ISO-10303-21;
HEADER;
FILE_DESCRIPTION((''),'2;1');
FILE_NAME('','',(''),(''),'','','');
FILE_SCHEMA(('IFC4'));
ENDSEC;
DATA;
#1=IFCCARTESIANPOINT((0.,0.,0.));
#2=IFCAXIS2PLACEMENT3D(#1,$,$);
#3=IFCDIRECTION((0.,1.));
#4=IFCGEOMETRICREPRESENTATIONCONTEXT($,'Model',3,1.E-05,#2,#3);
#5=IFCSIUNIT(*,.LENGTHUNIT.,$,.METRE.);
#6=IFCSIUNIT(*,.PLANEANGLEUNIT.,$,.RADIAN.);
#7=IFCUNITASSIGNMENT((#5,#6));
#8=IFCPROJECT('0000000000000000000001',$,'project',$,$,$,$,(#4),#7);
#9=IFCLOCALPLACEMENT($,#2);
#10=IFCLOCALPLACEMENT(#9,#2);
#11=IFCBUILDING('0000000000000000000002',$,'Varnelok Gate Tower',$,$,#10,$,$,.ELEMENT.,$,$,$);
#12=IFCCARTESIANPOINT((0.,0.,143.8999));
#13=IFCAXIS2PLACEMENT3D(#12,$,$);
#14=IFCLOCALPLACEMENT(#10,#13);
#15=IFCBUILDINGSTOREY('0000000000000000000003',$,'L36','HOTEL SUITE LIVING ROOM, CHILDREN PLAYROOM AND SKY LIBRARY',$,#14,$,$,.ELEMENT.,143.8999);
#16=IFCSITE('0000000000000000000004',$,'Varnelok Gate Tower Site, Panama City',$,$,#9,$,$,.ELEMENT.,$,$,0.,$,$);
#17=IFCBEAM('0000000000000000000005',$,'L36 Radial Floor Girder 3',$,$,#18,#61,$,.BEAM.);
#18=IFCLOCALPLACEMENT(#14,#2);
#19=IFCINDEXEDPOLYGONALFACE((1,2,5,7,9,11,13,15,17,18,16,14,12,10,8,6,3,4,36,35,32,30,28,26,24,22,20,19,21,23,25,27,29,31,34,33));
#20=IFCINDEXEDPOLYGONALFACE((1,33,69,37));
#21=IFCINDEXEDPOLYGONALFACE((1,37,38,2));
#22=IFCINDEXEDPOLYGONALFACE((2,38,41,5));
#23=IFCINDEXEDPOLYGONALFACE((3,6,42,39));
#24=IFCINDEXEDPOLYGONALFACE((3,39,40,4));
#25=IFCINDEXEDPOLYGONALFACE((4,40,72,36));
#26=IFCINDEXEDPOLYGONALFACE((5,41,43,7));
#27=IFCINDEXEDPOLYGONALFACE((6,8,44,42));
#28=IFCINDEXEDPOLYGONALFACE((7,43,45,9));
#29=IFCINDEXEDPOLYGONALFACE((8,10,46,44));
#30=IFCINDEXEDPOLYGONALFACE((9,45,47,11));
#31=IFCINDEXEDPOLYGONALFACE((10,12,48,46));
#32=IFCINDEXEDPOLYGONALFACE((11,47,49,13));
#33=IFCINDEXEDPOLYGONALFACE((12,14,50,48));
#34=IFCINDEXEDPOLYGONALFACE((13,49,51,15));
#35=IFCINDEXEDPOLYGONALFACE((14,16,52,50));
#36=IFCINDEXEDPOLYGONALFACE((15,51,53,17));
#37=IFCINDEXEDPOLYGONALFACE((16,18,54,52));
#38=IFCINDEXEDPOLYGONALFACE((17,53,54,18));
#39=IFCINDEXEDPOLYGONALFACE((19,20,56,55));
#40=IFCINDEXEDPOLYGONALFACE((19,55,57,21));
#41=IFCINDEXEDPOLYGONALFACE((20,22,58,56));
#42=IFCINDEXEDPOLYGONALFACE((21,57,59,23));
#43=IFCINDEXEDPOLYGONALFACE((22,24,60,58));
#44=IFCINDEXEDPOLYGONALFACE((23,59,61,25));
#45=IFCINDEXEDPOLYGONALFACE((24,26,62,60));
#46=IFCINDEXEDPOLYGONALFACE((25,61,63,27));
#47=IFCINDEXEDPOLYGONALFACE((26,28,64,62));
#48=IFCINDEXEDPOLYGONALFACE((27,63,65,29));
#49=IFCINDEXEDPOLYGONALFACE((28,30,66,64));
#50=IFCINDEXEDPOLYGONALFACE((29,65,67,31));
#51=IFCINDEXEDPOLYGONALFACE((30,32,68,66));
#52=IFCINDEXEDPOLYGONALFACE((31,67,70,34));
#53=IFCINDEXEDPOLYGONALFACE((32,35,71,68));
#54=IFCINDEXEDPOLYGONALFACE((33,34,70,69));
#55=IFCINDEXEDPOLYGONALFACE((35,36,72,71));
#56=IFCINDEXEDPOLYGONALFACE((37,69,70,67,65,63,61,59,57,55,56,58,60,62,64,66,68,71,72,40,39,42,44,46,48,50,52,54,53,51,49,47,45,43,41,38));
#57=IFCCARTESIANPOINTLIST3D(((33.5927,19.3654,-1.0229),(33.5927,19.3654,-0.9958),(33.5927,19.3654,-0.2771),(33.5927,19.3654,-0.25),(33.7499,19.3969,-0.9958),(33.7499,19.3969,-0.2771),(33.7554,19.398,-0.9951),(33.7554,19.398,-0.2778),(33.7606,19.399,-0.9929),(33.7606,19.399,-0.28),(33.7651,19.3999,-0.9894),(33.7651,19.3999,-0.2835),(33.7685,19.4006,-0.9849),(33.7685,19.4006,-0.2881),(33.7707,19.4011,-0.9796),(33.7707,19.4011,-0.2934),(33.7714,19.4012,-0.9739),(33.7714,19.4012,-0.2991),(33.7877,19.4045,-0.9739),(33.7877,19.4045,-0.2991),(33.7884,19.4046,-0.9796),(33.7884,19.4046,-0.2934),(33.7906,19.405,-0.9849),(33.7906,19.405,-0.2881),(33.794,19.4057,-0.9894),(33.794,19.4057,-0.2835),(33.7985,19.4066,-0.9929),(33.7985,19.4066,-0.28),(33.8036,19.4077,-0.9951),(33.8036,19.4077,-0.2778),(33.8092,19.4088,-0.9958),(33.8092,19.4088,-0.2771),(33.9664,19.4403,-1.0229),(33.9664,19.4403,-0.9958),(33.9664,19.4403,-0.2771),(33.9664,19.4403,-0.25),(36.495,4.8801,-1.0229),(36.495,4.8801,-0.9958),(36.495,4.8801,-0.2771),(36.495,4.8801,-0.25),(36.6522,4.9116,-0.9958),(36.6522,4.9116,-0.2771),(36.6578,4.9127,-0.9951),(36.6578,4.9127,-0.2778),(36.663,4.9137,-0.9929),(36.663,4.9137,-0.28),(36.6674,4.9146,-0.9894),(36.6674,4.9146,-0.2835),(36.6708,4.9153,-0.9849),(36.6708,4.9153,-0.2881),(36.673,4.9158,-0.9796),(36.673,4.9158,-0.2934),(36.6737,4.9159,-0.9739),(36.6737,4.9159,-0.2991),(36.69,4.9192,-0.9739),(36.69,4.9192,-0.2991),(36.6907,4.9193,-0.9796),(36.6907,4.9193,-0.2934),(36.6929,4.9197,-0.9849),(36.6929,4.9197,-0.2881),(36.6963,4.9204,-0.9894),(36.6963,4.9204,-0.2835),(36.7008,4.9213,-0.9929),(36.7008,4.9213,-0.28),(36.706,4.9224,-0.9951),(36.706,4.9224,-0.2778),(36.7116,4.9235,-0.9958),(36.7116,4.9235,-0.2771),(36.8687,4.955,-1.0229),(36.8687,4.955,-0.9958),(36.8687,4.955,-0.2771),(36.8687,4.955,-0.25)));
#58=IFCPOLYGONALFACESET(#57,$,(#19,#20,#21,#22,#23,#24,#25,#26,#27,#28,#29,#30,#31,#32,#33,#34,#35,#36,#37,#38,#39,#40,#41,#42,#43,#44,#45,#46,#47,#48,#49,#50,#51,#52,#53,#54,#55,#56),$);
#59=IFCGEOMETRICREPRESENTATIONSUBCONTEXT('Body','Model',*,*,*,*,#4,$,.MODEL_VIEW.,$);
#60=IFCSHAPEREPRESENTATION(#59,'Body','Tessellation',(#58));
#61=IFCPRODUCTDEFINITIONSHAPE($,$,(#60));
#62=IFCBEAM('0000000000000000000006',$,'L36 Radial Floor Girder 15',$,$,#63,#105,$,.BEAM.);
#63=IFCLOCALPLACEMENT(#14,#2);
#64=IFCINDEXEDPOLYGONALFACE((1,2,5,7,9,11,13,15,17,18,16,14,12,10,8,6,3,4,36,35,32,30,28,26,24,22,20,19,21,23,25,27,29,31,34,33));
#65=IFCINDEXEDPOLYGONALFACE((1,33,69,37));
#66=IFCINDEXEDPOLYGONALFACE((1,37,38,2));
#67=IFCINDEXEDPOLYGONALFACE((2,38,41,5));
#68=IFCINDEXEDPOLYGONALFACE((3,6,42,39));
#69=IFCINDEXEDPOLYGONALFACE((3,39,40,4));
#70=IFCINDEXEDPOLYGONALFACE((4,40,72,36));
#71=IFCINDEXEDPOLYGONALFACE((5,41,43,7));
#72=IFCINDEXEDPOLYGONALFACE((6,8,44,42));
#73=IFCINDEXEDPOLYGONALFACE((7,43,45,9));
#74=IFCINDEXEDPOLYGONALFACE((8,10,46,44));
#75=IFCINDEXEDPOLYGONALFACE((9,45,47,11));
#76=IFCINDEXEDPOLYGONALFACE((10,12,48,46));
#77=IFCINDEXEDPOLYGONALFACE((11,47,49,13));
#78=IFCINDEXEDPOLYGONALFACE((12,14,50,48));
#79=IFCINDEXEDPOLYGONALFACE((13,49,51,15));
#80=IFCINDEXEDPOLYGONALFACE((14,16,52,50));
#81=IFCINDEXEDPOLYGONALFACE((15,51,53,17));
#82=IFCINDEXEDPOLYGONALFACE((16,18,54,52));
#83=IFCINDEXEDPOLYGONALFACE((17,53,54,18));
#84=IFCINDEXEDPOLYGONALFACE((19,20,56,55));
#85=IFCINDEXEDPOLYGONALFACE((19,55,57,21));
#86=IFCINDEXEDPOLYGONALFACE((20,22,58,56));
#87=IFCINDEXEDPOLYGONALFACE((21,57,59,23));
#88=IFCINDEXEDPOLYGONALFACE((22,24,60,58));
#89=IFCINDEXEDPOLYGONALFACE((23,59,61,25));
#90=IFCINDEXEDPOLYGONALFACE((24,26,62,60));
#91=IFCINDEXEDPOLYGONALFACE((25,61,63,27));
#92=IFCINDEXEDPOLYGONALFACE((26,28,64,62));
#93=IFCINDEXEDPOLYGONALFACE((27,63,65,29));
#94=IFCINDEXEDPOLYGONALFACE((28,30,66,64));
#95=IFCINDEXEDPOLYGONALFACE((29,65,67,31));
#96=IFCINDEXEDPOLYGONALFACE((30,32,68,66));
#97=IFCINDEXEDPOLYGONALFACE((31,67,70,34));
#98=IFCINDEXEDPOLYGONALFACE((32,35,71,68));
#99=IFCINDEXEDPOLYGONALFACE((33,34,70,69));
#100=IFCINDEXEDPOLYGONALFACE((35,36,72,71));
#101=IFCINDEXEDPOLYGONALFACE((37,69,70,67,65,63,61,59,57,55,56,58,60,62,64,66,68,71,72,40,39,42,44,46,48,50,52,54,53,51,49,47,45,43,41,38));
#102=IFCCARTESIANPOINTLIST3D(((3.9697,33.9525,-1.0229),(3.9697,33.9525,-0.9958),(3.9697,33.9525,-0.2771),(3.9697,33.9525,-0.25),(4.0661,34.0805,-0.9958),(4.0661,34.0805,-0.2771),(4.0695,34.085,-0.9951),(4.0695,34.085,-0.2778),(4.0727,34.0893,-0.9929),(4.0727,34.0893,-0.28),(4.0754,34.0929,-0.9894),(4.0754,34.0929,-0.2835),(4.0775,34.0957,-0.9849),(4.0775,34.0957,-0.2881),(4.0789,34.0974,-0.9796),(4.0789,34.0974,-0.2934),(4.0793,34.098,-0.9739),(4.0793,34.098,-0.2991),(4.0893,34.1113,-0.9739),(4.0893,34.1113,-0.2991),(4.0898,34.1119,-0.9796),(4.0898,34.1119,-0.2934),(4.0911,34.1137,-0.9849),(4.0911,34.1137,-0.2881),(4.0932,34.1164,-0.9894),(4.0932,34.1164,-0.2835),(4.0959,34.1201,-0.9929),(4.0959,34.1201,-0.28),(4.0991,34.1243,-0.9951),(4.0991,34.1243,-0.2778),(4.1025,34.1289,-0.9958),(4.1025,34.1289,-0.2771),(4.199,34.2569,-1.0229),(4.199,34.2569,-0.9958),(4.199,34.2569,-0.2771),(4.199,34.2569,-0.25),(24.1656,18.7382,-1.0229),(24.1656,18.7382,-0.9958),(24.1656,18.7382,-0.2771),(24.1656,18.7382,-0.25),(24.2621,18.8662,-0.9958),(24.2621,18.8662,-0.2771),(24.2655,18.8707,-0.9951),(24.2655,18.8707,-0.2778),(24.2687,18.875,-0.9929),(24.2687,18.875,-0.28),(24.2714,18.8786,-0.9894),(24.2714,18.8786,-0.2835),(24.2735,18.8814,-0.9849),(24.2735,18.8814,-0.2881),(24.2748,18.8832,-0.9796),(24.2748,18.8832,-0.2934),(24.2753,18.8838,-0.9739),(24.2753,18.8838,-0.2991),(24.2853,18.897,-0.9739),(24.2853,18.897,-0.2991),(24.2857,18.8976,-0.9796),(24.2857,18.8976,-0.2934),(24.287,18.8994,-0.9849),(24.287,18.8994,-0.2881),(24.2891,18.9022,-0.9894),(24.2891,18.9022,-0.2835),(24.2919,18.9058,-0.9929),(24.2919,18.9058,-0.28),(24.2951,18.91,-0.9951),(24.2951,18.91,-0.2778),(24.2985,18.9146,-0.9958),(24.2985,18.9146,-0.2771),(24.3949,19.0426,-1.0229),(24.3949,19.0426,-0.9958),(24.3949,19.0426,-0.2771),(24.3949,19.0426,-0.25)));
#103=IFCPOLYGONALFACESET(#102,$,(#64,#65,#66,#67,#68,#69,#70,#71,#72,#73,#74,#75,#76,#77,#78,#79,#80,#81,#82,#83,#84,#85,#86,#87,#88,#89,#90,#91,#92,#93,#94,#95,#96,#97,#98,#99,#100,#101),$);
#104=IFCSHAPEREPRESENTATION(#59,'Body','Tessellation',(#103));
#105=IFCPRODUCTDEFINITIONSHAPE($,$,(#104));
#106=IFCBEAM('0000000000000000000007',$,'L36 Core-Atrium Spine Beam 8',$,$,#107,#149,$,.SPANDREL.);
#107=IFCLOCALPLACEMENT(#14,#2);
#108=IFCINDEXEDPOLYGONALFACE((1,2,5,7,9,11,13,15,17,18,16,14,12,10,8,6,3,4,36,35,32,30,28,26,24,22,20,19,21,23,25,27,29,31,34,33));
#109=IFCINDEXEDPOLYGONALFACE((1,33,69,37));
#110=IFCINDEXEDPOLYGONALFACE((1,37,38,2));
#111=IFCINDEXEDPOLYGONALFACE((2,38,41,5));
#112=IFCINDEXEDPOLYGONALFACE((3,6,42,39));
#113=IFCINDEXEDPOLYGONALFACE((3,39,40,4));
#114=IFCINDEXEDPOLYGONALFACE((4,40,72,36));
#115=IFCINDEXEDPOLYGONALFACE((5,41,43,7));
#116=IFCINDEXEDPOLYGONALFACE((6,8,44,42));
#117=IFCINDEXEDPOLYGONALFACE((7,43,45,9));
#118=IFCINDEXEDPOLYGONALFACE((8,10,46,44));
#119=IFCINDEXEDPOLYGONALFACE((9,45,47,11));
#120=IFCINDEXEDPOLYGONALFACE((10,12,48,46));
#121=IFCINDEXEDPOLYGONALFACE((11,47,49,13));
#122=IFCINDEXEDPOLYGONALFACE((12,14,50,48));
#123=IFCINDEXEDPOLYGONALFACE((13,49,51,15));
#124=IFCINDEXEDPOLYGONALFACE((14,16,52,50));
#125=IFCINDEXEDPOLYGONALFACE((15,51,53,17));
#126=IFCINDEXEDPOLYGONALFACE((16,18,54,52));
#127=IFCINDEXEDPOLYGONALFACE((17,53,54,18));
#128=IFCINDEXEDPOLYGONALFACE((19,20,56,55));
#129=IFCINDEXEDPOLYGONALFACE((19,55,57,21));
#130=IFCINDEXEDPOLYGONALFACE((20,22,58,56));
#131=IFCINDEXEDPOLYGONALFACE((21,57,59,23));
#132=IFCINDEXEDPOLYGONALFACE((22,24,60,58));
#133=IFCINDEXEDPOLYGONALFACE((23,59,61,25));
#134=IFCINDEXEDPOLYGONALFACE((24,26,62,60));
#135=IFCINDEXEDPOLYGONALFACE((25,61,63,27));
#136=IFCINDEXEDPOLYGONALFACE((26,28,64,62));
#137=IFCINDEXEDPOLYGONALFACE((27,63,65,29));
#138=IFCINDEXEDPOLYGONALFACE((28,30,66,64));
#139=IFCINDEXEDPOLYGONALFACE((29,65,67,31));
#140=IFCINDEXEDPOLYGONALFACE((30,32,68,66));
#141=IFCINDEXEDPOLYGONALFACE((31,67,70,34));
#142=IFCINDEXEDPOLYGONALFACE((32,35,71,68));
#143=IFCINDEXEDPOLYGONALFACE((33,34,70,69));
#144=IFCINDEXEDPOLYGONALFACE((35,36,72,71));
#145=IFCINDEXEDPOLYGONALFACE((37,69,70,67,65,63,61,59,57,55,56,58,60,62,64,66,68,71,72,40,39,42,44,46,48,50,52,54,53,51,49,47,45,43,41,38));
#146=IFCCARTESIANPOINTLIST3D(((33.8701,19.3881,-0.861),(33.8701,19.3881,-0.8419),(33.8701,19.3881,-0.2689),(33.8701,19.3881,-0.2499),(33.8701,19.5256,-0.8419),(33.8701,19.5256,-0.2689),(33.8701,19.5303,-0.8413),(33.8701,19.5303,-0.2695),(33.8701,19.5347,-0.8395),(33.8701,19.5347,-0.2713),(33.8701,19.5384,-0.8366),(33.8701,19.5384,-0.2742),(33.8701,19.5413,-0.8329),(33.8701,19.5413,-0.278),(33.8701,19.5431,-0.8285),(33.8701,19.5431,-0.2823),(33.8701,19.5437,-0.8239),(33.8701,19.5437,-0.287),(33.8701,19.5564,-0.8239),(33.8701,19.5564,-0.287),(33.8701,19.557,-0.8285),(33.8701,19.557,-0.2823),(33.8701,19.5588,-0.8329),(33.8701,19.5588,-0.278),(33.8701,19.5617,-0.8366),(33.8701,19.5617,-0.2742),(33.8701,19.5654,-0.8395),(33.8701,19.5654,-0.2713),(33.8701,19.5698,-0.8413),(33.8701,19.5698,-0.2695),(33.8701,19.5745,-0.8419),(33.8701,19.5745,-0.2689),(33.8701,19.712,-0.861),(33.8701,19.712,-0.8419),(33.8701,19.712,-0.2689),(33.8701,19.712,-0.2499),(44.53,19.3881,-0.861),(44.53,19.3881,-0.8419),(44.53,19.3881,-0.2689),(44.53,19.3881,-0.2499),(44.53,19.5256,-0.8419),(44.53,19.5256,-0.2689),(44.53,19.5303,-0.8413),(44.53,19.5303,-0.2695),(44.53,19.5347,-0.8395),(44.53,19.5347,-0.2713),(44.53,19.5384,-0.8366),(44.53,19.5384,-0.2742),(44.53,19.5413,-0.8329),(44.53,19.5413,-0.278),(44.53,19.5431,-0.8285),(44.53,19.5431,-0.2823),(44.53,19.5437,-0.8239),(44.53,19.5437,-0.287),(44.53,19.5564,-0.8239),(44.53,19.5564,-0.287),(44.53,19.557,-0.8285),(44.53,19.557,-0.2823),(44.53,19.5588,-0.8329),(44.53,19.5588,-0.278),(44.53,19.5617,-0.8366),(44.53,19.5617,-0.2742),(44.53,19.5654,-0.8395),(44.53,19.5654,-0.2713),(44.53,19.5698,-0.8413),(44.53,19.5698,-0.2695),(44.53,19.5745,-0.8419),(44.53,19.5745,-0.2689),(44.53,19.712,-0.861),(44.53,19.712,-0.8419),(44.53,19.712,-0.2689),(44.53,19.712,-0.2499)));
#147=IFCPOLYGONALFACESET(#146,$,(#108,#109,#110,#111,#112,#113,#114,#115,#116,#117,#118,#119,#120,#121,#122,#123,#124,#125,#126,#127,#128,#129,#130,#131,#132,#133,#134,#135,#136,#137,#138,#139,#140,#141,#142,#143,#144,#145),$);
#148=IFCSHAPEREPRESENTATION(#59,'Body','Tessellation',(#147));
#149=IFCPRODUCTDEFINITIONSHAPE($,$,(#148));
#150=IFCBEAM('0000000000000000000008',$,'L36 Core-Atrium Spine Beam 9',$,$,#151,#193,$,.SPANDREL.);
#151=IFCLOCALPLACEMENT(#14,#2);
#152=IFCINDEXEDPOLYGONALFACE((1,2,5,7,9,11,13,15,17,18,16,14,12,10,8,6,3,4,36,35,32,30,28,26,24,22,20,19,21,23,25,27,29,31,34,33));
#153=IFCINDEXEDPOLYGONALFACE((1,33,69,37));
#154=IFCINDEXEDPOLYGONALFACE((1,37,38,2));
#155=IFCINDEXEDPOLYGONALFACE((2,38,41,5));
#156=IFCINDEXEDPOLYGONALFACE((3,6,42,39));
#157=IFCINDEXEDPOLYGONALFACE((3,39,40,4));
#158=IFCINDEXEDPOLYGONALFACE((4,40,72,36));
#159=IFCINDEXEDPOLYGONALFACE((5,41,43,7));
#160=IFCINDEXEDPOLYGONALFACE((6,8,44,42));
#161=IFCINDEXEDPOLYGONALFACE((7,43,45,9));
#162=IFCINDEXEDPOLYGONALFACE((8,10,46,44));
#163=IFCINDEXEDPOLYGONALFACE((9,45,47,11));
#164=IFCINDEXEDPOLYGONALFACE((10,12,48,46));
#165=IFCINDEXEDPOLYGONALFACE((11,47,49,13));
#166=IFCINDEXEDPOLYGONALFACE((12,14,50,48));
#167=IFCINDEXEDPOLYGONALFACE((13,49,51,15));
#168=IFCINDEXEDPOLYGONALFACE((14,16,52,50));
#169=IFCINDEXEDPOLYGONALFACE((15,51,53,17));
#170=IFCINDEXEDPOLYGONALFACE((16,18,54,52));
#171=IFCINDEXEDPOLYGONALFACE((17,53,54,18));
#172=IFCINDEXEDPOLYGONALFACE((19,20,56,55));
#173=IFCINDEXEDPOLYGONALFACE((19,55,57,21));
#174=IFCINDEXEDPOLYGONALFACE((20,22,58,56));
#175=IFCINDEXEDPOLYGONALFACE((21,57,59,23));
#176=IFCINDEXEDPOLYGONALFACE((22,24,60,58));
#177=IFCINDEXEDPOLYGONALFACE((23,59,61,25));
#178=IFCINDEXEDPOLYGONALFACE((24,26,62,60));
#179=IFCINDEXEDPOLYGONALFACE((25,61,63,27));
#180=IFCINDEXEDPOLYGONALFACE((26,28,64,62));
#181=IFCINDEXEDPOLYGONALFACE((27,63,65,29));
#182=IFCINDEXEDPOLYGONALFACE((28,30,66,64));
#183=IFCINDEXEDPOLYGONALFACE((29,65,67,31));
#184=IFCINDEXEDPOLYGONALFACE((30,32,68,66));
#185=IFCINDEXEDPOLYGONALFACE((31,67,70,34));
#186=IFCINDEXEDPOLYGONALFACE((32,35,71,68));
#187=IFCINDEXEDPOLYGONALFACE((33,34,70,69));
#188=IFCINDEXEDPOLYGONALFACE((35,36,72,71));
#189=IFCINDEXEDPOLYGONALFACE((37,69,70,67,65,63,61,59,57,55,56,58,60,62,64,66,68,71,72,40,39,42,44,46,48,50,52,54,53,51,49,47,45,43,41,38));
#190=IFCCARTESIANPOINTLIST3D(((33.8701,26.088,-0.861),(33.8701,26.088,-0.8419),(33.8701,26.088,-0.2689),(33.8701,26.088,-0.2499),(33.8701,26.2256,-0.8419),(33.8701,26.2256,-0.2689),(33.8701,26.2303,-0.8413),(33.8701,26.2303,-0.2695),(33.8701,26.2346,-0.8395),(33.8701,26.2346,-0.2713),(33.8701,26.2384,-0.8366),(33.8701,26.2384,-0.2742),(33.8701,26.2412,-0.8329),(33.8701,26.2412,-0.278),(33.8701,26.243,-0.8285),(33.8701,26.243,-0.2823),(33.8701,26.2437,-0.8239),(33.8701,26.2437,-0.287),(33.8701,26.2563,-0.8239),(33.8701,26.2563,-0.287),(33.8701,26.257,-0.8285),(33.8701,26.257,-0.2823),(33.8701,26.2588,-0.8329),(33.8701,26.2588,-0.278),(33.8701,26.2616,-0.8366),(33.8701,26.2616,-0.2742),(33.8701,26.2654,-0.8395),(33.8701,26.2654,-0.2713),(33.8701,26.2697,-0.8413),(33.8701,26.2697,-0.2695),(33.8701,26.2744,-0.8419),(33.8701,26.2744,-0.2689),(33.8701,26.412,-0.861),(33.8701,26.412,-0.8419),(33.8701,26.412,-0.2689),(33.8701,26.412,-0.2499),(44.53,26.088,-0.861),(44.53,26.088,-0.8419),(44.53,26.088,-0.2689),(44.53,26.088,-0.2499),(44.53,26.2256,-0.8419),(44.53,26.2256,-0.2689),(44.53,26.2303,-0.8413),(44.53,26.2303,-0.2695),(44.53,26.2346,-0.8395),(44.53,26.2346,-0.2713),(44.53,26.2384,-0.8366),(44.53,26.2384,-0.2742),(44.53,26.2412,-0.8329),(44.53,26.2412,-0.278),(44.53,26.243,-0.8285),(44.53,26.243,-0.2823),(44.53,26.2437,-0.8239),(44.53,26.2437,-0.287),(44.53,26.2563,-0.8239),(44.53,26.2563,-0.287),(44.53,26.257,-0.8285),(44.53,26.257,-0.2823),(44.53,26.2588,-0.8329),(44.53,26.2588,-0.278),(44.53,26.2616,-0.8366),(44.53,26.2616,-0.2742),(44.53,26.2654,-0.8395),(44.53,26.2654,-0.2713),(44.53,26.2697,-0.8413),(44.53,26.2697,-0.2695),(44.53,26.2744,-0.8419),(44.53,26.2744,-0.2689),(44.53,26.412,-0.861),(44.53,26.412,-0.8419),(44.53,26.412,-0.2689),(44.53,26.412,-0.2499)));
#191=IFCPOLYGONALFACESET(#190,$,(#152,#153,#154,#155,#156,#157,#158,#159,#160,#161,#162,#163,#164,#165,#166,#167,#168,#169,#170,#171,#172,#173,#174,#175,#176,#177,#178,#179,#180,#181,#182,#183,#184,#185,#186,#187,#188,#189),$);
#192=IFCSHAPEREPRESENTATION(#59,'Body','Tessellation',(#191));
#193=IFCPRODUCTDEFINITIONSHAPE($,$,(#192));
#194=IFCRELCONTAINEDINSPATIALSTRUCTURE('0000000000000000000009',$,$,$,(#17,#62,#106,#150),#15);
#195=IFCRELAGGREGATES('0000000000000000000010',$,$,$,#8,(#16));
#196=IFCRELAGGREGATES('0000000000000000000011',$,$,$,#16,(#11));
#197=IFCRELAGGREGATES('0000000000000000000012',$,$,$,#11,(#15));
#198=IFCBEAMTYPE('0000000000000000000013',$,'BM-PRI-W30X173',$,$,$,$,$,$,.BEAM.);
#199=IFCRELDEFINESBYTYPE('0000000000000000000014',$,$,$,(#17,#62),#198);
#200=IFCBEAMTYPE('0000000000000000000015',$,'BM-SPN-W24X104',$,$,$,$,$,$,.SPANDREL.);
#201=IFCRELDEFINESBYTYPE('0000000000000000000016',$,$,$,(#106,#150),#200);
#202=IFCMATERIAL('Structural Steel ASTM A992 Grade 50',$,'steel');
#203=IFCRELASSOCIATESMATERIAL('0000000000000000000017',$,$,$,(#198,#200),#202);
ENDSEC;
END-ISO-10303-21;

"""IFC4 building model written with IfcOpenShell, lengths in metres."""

from ifc_helpers import new_model, si_unit, direction, frame, origin, origin_2d, place, context, subcontext, project, spatial, i_section, extrude, material, material_profile, profile_set, type_object, element, save


model = new_model("IFC4")

# Units and contexts
model_context = context("Model", 3, precision=1e-05, world=origin(), true_north=direction((0.0, 1.0)))
body_context = subcontext(model_context, "Body", "Model", "MODEL_VIEW")
ifc_project = project(units=[si_unit("LENGTHUNIT", "METRE"), si_unit("PLANEANGLEUNIT", "RADIAN")], contexts=[model_context])

# Site, building, storey
site_placement = place(None, origin())
site = spatial("IfcSite", under=ifc_project, at=site_placement, Name="Varnelok Gate Tower Site, Panama City", CompositionType="ELEMENT", RefElevation=0.0)
building_placement = place(site_placement, origin())
building = spatial("IfcBuilding", under=site, at=building_placement, Name="Varnelok Gate Tower", CompositionType="ELEMENT")
storey_placement = place(building_placement, frame((0.0, 0.0, 143.8999)))
storey = spatial("IfcBuildingStorey", under=building, at=storey_placement, Name="L36", Description="HOTEL SUITE LIVING ROOM, CHILDREN PLAYROOM AND SKY LIBRARY", CompositionType="ELEMENT", Elevation=143.8999)

# Shared definitions
ifc_material_1 = material(Name="Structural Steel ASTM A992 Grade 50", Category="steel")

# Beams
ifc_material_profile_1 = material_profile(ifc_material_1, i_section(OverallWidth=0.3811, OverallDepth=0.7729, WebThickness=0.0166, FlangeThickness=0.0271, FilletRadius=0.022, at=origin_2d()), Name="W30X173")
ifc_profile_set_1 = profile_set([ifc_material_profile_1], Name="Structural Steel ASTM A992 Grade 50")
beam_type_1 = type_object("IfcBeamType", Name="BM-PRI-W30X173", PredefinedType="BEAM", material=ifc_profile_set_1)
beam_1_placement = place(storey_placement, frame((33.7795, 19.4028, -0.6365), z_axis=(0.196459, -0.980512, 0.0), x_axis=(0.980512, 0.196459, 0.0)))
element("IfcBeam", 1, at=beam_1_placement, inside=storey, type_object=beam_type_1, Name="L36 Radial Floor Girder 3", PredefinedType="BEAM", context=body_context, shape_type="SweptSolid", body=[
    extrude(i_section(OverallWidth=0.3811, OverallDepth=0.7729, WebThickness=0.0166, FlangeThickness=0.0271, FilletRadius=0.022, at=origin_2d()), origin(), (0.0, 0.0, 1.0), 14.7732),
])
beam_2_placement = place(storey_placement, frame((24.2803, 18.8904, -0.6365), z_axis=(-0.79872, 0.601703, 0.0), x_axis=(-0.601703, -0.79872, 0.0)))
element("IfcBeam", 2, at=beam_2_placement, inside=storey, type_object=beam_type_1, Name="L36 Radial Floor Girder 15", PredefinedType="BEAM", context=body_context, shape_type="SweptSolid", body=[
    extrude(i_section(OverallWidth=0.3811, OverallDepth=0.7729, WebThickness=0.0166, FlangeThickness=0.0271, FilletRadius=0.022, at=origin_2d()), origin(), (0.0, 0.0, 1.0), 25.2854),
])
ifc_material_profile_2 = material_profile(ifc_material_1, i_section(OverallWidth=0.324, OverallDepth=0.6111, WebThickness=0.0127, FlangeThickness=0.019, FilletRadius=0.0181, at=origin_2d()), Name="W24X104")
ifc_profile_set_2 = profile_set([ifc_material_profile_2], Name="Structural Steel ASTM A992 Grade 50")
beam_type_2 = type_object("IfcBeamType", Name="BM-SPN-W24X104", PredefinedType="SPANDREL", material=ifc_profile_set_2)
for number, where, z_axis, x_axis, name in (
    (3, (33.8701, 19.55, -0.5554), (1.0, 0.0, 0.0), (0.0, 1.0, 0.0), "L36 Core-Atrium Spine Beam 8"),
    (4, (33.8701, 26.25, -0.5554), (1.0, 0.0, 0.0), (0.0, 1.0, 0.0), "L36 Core-Atrium Spine Beam 9"),
):
    element("IfcBeam", number, at=place(storey_placement, frame(where, z_axis=z_axis, x_axis=x_axis)), inside=storey, type_object=beam_type_2, Name=name, PredefinedType="SPANDREL", context=body_context, shape_type="SweptSolid", body=[
        extrude(i_section(OverallWidth=0.324, OverallDepth=0.6111, WebThickness=0.0127, FlangeThickness=0.019, FilletRadius=0.0181, at=origin_2d()), origin(), (0.0, 0.0, 1.0), 10.6599),
    ])

save(model, "model.ifc")
